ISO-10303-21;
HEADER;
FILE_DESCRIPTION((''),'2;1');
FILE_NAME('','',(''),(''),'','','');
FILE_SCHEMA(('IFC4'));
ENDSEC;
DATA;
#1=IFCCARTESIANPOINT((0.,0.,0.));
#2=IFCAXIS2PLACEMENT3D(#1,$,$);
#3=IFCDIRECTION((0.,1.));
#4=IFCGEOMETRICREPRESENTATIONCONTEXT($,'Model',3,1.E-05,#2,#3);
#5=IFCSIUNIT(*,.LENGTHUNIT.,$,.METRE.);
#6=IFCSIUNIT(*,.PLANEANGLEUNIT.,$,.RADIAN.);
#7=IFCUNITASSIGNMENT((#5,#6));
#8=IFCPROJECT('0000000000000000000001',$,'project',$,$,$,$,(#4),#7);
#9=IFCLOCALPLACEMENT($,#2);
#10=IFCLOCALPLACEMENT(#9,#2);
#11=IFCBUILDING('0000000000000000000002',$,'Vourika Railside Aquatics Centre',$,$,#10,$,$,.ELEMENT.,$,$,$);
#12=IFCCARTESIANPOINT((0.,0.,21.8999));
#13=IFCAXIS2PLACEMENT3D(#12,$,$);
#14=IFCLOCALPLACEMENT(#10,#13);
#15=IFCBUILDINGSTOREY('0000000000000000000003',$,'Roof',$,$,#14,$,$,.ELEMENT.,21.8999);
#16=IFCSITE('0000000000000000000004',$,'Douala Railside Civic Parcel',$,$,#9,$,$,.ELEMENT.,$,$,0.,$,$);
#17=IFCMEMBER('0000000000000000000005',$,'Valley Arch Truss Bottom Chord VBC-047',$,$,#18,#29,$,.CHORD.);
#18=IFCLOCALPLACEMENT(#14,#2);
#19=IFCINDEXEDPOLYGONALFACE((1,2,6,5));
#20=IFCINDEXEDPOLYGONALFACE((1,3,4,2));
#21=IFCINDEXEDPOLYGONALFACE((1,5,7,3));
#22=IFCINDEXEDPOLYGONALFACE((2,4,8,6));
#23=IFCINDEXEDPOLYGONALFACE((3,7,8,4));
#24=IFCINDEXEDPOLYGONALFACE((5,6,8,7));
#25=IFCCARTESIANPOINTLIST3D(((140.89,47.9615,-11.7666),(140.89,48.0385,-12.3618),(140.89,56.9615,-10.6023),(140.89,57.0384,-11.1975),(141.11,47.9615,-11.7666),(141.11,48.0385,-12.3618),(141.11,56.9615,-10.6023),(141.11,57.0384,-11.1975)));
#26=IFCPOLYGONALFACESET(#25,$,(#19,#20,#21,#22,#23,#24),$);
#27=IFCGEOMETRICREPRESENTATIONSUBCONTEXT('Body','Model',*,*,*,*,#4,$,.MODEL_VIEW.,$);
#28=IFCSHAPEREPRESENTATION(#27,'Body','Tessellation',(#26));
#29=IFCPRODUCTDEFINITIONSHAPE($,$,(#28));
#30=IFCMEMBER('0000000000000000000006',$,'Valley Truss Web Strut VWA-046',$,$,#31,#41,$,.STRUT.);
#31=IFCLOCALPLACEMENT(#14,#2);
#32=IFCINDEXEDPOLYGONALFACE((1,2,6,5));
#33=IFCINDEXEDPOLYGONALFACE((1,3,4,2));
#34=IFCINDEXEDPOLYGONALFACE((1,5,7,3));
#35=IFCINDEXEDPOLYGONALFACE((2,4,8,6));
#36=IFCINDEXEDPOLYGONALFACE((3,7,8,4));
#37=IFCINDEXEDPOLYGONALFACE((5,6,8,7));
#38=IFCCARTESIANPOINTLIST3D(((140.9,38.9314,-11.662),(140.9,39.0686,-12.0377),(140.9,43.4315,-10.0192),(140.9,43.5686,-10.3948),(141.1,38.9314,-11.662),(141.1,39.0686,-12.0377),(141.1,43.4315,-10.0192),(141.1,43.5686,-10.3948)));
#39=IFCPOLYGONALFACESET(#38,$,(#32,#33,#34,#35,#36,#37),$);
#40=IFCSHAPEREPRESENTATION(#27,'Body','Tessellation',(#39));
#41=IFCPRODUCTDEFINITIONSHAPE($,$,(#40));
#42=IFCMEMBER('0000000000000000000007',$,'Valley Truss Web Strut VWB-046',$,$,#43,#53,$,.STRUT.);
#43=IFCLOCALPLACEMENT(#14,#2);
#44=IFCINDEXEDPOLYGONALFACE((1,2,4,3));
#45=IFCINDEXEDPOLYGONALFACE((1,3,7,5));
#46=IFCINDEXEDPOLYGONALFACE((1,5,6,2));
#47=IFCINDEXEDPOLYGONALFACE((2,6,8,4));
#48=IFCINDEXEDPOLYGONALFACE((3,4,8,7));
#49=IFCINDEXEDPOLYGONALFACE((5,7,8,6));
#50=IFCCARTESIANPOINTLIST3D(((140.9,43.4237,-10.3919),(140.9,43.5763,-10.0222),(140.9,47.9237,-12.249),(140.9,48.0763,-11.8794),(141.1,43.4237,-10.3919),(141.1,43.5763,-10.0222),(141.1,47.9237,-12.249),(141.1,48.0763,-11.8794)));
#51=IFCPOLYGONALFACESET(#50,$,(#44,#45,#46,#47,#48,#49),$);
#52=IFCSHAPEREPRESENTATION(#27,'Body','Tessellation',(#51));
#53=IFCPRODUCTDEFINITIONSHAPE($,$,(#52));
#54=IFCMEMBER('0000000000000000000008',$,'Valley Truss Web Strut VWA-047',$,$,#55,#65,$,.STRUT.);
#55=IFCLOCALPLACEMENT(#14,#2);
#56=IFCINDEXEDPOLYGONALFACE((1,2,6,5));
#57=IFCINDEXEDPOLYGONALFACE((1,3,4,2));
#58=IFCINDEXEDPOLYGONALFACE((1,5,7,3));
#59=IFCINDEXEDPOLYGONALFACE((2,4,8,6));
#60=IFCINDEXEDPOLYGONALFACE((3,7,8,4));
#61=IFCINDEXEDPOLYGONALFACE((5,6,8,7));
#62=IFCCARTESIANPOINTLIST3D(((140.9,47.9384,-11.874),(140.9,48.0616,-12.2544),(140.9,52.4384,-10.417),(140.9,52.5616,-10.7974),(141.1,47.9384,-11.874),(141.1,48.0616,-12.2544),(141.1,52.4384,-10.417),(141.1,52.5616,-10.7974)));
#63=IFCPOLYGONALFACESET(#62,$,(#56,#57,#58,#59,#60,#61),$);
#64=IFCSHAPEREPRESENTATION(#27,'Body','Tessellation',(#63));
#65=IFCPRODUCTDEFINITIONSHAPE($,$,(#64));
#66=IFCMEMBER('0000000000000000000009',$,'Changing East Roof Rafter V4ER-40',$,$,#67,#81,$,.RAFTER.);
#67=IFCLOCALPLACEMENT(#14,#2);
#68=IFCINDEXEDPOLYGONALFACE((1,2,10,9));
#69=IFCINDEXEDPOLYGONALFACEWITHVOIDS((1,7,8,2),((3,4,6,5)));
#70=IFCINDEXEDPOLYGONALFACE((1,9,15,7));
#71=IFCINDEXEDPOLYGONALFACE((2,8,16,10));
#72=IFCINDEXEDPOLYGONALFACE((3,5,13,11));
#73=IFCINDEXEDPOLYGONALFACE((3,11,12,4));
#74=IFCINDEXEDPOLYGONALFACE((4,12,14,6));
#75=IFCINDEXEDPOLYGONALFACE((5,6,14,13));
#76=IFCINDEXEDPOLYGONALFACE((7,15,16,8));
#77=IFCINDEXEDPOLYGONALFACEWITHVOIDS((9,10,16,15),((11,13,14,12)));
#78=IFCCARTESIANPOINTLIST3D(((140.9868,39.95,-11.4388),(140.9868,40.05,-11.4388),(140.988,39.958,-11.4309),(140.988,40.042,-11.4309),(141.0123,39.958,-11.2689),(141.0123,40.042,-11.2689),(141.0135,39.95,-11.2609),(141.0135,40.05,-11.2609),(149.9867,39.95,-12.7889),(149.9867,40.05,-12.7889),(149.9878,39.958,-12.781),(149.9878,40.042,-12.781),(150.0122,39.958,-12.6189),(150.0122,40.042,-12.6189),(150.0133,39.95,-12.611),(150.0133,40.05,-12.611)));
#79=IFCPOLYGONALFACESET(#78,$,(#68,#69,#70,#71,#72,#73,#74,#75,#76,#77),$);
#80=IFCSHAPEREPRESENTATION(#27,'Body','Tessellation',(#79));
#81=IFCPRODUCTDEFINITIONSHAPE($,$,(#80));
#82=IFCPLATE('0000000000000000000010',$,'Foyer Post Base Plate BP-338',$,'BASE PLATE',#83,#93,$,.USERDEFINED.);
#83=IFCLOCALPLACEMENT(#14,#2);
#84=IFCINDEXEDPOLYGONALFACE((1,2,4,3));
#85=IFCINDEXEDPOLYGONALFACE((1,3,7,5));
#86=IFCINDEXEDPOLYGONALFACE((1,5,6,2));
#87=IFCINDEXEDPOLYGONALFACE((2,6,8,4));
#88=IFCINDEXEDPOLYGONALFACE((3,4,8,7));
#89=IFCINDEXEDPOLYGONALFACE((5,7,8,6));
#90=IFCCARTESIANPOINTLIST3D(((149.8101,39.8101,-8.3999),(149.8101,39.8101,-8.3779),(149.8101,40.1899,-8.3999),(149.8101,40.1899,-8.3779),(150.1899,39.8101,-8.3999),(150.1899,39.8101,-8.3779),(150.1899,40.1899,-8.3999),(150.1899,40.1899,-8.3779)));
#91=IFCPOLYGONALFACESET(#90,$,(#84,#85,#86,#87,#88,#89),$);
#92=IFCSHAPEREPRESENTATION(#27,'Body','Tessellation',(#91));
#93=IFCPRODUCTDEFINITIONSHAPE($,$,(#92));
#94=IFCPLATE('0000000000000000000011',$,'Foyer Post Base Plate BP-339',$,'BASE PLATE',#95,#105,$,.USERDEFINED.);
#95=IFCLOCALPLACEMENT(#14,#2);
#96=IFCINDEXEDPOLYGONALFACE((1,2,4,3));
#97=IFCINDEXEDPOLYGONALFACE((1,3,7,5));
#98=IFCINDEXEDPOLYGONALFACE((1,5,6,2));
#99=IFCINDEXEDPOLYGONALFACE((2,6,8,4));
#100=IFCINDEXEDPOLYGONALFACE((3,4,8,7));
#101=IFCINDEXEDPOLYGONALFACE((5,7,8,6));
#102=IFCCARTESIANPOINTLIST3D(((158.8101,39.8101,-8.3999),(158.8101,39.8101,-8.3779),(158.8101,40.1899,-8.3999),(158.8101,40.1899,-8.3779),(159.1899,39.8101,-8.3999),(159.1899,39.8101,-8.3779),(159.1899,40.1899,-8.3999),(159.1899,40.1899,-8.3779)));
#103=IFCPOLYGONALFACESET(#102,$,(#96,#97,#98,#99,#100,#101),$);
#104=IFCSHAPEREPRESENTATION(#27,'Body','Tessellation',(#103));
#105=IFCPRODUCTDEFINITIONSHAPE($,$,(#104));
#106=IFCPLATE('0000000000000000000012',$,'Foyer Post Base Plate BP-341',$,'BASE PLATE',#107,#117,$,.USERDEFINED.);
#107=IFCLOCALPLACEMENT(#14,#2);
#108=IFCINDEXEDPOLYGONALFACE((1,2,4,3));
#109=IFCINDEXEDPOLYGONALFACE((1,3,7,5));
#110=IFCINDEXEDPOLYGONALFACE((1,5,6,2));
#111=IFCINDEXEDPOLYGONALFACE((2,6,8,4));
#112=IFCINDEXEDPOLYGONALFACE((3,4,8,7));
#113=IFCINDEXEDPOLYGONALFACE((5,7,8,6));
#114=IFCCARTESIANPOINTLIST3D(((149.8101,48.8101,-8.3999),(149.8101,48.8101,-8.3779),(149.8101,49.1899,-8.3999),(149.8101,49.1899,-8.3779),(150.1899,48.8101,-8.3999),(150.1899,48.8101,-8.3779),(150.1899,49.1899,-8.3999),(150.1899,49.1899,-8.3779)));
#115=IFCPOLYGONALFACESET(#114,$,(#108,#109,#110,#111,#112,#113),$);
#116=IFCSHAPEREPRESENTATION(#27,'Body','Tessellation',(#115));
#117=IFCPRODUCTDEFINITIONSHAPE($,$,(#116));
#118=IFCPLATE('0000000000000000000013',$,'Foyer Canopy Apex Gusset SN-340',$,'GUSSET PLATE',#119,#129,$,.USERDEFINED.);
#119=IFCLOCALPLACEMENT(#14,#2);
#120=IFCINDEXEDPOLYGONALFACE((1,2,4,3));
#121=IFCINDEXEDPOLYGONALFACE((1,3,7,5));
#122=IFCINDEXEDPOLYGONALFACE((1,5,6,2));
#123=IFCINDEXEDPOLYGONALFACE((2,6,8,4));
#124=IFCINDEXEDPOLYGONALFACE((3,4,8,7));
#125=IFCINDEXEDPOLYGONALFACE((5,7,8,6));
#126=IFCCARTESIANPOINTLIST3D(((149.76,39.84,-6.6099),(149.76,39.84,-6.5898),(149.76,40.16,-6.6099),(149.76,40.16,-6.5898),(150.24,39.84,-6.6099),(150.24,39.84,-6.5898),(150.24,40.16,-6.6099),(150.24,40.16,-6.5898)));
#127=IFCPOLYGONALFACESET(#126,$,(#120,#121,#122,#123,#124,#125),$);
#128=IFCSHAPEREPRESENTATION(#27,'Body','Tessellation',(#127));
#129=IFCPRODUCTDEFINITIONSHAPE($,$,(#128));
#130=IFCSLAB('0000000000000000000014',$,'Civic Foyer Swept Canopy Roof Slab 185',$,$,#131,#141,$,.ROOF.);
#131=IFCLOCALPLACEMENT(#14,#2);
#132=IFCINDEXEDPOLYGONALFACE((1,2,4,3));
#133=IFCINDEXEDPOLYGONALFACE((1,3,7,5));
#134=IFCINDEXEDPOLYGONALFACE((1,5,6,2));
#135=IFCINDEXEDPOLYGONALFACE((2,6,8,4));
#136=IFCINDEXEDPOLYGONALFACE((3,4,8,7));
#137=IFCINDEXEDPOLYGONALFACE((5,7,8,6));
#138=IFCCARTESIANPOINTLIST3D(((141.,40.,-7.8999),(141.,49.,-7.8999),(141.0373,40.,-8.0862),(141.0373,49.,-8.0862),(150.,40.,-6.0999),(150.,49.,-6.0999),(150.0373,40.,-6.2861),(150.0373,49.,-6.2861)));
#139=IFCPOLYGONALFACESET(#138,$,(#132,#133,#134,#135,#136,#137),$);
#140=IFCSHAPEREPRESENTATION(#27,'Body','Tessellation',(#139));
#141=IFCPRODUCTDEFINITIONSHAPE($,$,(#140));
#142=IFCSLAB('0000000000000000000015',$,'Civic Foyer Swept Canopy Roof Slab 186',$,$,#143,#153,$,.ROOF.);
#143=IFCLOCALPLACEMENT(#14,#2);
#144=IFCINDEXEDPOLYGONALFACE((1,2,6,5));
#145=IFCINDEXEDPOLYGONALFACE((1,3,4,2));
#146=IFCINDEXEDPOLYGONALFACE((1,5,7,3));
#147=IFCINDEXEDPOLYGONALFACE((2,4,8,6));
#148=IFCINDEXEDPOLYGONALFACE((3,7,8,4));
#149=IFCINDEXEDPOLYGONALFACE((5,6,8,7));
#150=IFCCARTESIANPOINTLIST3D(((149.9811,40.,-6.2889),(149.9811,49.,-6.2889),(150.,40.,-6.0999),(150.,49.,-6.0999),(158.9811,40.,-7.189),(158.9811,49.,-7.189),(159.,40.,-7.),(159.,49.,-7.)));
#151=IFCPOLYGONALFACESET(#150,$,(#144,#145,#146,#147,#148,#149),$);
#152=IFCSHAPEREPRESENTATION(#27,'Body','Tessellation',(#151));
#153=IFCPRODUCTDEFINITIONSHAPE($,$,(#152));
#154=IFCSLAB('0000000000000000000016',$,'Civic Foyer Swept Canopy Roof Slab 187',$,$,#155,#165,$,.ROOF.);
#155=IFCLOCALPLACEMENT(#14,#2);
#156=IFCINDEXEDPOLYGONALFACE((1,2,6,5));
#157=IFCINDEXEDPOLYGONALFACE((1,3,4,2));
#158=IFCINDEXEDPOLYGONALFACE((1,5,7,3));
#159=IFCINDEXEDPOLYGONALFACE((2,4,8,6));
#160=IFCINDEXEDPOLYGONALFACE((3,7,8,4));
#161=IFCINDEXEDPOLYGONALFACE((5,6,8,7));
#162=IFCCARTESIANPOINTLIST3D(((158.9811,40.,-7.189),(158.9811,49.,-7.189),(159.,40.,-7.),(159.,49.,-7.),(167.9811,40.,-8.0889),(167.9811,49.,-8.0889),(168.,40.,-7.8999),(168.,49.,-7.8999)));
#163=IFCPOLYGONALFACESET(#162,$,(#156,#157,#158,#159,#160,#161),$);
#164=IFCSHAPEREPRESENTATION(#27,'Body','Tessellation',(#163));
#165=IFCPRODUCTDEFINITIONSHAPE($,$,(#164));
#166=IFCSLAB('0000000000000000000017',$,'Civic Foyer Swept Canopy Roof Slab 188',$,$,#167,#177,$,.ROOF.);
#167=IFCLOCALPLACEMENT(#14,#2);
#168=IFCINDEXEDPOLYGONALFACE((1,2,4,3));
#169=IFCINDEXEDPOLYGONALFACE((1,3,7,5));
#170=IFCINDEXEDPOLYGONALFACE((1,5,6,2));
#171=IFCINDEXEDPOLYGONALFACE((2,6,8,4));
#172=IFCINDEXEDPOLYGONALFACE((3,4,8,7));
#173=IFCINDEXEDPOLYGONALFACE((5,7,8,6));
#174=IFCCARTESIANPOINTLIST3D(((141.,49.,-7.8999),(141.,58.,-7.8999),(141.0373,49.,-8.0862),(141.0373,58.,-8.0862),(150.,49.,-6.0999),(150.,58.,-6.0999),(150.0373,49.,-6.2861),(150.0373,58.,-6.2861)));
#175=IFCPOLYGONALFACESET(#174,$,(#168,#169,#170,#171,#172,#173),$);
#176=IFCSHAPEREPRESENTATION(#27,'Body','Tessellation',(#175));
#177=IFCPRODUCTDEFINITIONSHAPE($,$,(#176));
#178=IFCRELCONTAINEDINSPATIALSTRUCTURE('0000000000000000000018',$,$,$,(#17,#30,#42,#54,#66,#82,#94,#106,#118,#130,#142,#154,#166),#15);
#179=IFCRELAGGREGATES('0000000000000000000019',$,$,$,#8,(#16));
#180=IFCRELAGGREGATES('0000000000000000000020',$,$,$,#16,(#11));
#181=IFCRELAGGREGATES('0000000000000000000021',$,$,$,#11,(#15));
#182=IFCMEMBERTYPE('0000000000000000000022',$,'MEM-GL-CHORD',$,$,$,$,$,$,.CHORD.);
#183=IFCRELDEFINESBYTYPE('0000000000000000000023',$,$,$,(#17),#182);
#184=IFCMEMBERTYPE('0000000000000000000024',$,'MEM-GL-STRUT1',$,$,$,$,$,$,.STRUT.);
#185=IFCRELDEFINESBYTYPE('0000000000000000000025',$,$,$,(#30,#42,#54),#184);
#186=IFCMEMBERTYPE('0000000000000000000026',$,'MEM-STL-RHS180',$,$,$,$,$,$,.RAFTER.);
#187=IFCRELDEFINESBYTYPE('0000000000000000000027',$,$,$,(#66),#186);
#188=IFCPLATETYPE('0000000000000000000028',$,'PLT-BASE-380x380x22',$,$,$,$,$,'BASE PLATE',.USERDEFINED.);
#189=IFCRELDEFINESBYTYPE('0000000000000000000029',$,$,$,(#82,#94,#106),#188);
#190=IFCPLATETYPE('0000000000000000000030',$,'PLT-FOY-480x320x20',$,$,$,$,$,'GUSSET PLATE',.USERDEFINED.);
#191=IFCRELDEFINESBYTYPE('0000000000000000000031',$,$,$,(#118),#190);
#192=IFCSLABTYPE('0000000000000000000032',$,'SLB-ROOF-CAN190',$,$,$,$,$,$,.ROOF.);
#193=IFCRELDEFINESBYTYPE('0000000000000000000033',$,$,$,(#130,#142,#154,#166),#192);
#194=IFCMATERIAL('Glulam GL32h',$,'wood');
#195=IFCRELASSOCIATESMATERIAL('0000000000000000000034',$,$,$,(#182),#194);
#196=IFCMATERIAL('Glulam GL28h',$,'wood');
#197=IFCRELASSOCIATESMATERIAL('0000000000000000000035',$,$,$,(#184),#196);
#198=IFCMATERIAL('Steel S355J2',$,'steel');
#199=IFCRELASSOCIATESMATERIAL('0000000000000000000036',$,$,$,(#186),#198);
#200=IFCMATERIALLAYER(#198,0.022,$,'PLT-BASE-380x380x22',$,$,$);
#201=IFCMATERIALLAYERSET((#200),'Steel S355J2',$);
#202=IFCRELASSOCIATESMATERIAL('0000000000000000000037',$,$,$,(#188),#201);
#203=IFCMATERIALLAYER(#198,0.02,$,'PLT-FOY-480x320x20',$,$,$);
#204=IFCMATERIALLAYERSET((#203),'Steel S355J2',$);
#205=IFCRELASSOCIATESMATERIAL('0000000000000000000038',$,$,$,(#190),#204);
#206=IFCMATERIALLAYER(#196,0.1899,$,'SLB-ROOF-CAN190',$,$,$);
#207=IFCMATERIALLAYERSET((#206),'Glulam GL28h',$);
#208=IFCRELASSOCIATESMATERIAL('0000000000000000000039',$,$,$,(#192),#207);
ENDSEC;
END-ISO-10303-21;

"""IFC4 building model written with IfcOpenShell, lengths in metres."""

from ifc_helpers import new_model, si_unit, direction, frame, origin, origin_2d, place, context, subcontext, project, spatial, polyline, rectangle, hollow_rectangle, outline, extrude, material, layer, layer_set, material_profile, profile_set, type_object, element, save


model = new_model("IFC4")

# Units and contexts
model_context = context("Model", 3, precision=1e-05, world=origin(), true_north=direction((0.0, 1.0)))
body_context = subcontext(model_context, "Body", "Model", "MODEL_VIEW")
ifc_project = project(units=[si_unit("LENGTHUNIT", "METRE"), si_unit("PLANEANGLEUNIT", "RADIAN")], contexts=[model_context])

# Site, building, storey
site_placement = place(None, origin())
site = spatial("IfcSite", under=ifc_project, at=site_placement, Name="Douala Railside Civic Parcel", CompositionType="ELEMENT", RefElevation=0.0)
building_placement = place(site_placement, origin())
building = spatial("IfcBuilding", under=site, at=building_placement, Name="Vourika Railside Aquatics Centre", CompositionType="ELEMENT")
storey_placement = place(building_placement, frame((0.0, 0.0, 21.8999)))
storey = spatial("IfcBuildingStorey", under=building, at=storey_placement, Name="Roof", CompositionType="ELEMENT", Elevation=21.8999)

# Shared definitions
ifc_material_1 = material(Name="Steel S355J2", Category="steel")

# Shared definitions
ifc_material_2 = material(Name="Glulam GL32h", Category="wood")

# Members
ifc_material_profile_1 = material_profile(ifc_material_2, rectangle(XDim=0.22, YDim=0.6001, at=origin_2d()), Name="GL32h 220x600")
ifc_profile_set_1 = profile_set([ifc_material_profile_1], Name="Glulam GL32h")
member_type_1 = type_object("IfcMemberType", Name="MEM-GL-CHORD", PredefinedType="CHORD", material=ifc_profile_set_1)
member_1_placement = place(storey_placement, frame((141.0, 48.0, -12.0642), z_axis=(0.0, 0.991736, 0.128298), x_axis=(-1.0, 0.0, 0.0)))
element("IfcMember", 1, at=member_1_placement, inside=storey, type_object=member_type_1, Name="Valley Arch Truss Bottom Chord VBC-047", PredefinedType="CHORD", context=body_context, shape_type="SweptSolid", body=[
    extrude(rectangle(XDim=0.22, YDim=0.6001, at=origin_2d()), origin(), (0.0, 0.0, 1.0), 9.075),
])
ifc_material_3 = material(Name="Glulam GL28h", Category="wood")
ifc_material_profile_2 = material_profile(ifc_material_3, rectangle(XDim=0.2, YDim=0.3999, at=origin_2d()), Name="GL28h 200x400")
ifc_profile_set_2 = profile_set([ifc_material_profile_2], Name="Glulam GL28h")
member_type_2 = type_object("IfcMemberType", Name="MEM-GL-STRUT1", PredefinedType="STRUT", material=ifc_profile_set_2)
member_2_placement = place(storey_placement, frame((141.0, 39.0, -11.8499), z_axis=(0.0, 0.93936, 0.342934), x_axis=(-1.0, 0.0, 0.0)))
element("IfcMember", 2, at=member_2_placement, inside=storey, type_object=member_type_2, Name="Valley Truss Web Strut VWA-046", PredefinedType="STRUT", context=body_context, shape_type="SweptSolid", body=[
    extrude(rectangle(XDim=0.2, YDim=0.3999, at=origin_2d()), origin(), (0.0, 0.0, 1.0), 4.7905),
])
member_3_placement = place(storey_placement, frame((141.0, 43.5, -10.207), z_axis=(0.0, 0.924371, -0.381494), x_axis=(-1.0, 0.0, 0.0)))
element("IfcMember", 3, at=member_3_placement, inside=storey, type_object=member_type_2, Name="Valley Truss Web Strut VWB-046", PredefinedType="STRUT", context=body_context, shape_type="SweptSolid", body=[
    extrude(rectangle(XDim=0.2, YDim=0.3999, at=origin_2d()), origin(), (0.0, 0.0, 1.0), 4.8682),
])
member_4_placement = place(storey_placement, frame((141.0, 48.0, -12.0642), z_axis=(0.0, 0.951373, 0.30804), x_axis=(-1.0, 0.0, 0.0)))
element("IfcMember", 4, at=member_4_placement, inside=storey, type_object=member_type_2, Name="Valley Truss Web Strut VWA-047", PredefinedType="STRUT", context=body_context, shape_type="SweptSolid", body=[
    extrude(rectangle(XDim=0.2, YDim=0.3999, at=origin_2d()), origin(), (0.0, 0.0, 1.0), 4.73),
])
ifc_material_profile_3 = material_profile(ifc_material_1, hollow_rectangle(XDim=0.1001, YDim=0.1799, WallThickness=0.0081, at=origin_2d()), Name="RHS 180x100x8")
ifc_profile_set_3 = profile_set([ifc_material_profile_3], Name="Steel S355J2")
member_type_3 = type_object("IfcMemberType", Name="MEM-STL-RHS180", PredefinedType="RAFTER", material=ifc_profile_set_3)
member_5_placement = place(storey_placement, frame((150.0, 40.0, -12.7), z_axis=(-0.988935, 0.0, 0.148351), x_axis=(0.0, -1.0, 0.0)))
element("IfcMember", 5, at=member_5_placement, inside=storey, type_object=member_type_3, Name="Changing East Roof Rafter V4ER-40", PredefinedType="RAFTER", context=body_context, shape_type="SweptSolid", body=[
    extrude(hollow_rectangle(XDim=0.1001, YDim=0.1799, WallThickness=0.0081, at=origin_2d()), origin(), (0.0, 0.0, 1.0), 9.1006),
])

# Plates
ifc_layer_1 = layer(ifc_material_1, 0.022, Name="PLT-BASE-380x380x22")
ifc_layer_set_1 = layer_set([ifc_layer_1], Name="Steel S355J2")
plate_type_1 = type_object("IfcPlateType", Name="PLT-BASE-380x380x22", ElementType="BASE PLATE", PredefinedType="USERDEFINED", material=ifc_layer_set_1)
for number, where, z_axis, x_axis, name in (
    (6, (150.0, 40.0, -8.3999), (0.0, 0.0, 1.0), (1.0, 0.0, 0.0), "Foyer Post Base Plate BP-338"),
    (7, (159.0, 40.0, -8.3999), (0.0, 0.0, 1.0), (1.0, 0.0, 0.0), "Foyer Post Base Plate BP-339"),
    (8, (150.0, 49.0, -8.3999), (0.0, 0.0, 1.0), (1.0, 0.0, 0.0), "Foyer Post Base Plate BP-341"),
):
    element("IfcPlate", number, at=place(storey_placement, frame(where, z_axis=z_axis, x_axis=x_axis)), inside=storey, type_object=plate_type_1, Name=name, ObjectType="BASE PLATE", PredefinedType="USERDEFINED", context=body_context, shape_type="SweptSolid", body=[
        extrude(rectangle(XDim=0.3799, YDim=0.3799, at=origin_2d()), origin(), (0.0, 0.0, 1.0), 0.022),
    ])
ifc_layer_2 = layer(ifc_material_1, 0.02, Name="PLT-FOY-480x320x20")
ifc_layer_set_2 = layer_set([ifc_layer_2], Name="Steel S355J2")
plate_type_2 = type_object("IfcPlateType", Name="PLT-FOY-480x320x20", ElementType="GUSSET PLATE", PredefinedType="USERDEFINED", material=ifc_layer_set_2)
plate_placement = place(storey_placement, frame((150.0, 40.0, -6.6099), z_axis=(0.0, 0.0, 1.0), x_axis=(1.0, 0.0, 0.0)))
element("IfcPlate", 9, at=plate_placement, inside=storey, type_object=plate_type_2, Name="Foyer Canopy Apex Gusset SN-340", ObjectType="GUSSET PLATE", PredefinedType="USERDEFINED", context=body_context, shape_type="SweptSolid", body=[
    extrude(rectangle(XDim=0.48, YDim=0.3201, at=origin_2d()), origin(), (0.0, 0.0, 1.0), 0.02),
])

# Slabs
ifc_layer_3 = layer(ifc_material_3, 0.1899, Name="SLB-ROOF-CAN190")
ifc_layer_set_3 = layer_set([ifc_layer_3], Name="Glulam GL28h")
slab_type = type_object("IfcSlabType", Name="SLB-ROOF-CAN190", PredefinedType="ROOF", material=ifc_layer_set_3)
slab_1_placement = place(storey_placement, frame((141.0, 40.0, -7.8999), z_axis=(-0.196121, 0.0, 0.98058), x_axis=(0.98058, 0.0, 0.196121)))
element("IfcSlab", 10, at=slab_1_placement, inside=storey, type_object=slab_type, Name="Civic Foyer Swept Canopy Roof Slab 185", PredefinedType="ROOF", context=body_context, shape_type="SweptSolid", body=[
    extrude(outline(polyline([(0.0, 0.0), (9.1782, 0.0), (9.1782, 9.0), (0.0, 9.0), (0.0, 0.0)])), origin(), (0.0, 0.0, -1.0), 0.1899),
])
slab_2_placement = place(storey_placement, frame((150.0, 40.0, -6.0999), z_axis=(0.09952, 0.0, 0.995036), x_axis=(0.995036, 0.0, -0.09952)))
element("IfcSlab", 11, at=slab_2_placement, inside=storey, type_object=slab_type, Name="Civic Foyer Swept Canopy Roof Slab 186", PredefinedType="ROOF", context=body_context, shape_type="SweptSolid", body=[
    extrude(outline(polyline([(0.0, 0.0), (9.0449, 0.0), (9.0449, 9.0), (0.0, 9.0), (0.0, 0.0)])), origin(), (0.0, 0.0, -1.0), 0.1899),
])
slab_3_placement = place(storey_placement, frame((159.0, 40.0, -7.0), z_axis=(0.099493, 0.0, 0.995038), x_axis=(0.995038, 0.0, -0.099493)))
element("IfcSlab", 12, at=slab_3_placement, inside=storey, type_object=slab_type, Name="Civic Foyer Swept Canopy Roof Slab 187", PredefinedType="ROOF", context=body_context, shape_type="SweptSolid", body=[
    extrude(outline(polyline([(0.0, 0.0), (9.0449, 0.0), (9.0449, 9.0), (0.0, 9.0), (0.0, 0.0)])), origin(), (0.0, 0.0, -1.0), 0.1899),
])
slab_4_placement = place(storey_placement, frame((141.0, 49.0, -7.8999), z_axis=(-0.196121, 0.0, 0.98058), x_axis=(0.98058, 0.0, 0.196121)))
element("IfcSlab", 13, at=slab_4_placement, inside=storey, type_object=slab_type, Name="Civic Foyer Swept Canopy Roof Slab 188", PredefinedType="ROOF", context=body_context, shape_type="SweptSolid", body=[
    extrude(outline(polyline([(0.0, 0.0), (9.1782, 0.0), (9.1782, 9.0), (0.0, 9.0), (0.0, 0.0)])), origin(), (0.0, 0.0, -1.0), 0.1899),
])

save(model, "model.ifc")
